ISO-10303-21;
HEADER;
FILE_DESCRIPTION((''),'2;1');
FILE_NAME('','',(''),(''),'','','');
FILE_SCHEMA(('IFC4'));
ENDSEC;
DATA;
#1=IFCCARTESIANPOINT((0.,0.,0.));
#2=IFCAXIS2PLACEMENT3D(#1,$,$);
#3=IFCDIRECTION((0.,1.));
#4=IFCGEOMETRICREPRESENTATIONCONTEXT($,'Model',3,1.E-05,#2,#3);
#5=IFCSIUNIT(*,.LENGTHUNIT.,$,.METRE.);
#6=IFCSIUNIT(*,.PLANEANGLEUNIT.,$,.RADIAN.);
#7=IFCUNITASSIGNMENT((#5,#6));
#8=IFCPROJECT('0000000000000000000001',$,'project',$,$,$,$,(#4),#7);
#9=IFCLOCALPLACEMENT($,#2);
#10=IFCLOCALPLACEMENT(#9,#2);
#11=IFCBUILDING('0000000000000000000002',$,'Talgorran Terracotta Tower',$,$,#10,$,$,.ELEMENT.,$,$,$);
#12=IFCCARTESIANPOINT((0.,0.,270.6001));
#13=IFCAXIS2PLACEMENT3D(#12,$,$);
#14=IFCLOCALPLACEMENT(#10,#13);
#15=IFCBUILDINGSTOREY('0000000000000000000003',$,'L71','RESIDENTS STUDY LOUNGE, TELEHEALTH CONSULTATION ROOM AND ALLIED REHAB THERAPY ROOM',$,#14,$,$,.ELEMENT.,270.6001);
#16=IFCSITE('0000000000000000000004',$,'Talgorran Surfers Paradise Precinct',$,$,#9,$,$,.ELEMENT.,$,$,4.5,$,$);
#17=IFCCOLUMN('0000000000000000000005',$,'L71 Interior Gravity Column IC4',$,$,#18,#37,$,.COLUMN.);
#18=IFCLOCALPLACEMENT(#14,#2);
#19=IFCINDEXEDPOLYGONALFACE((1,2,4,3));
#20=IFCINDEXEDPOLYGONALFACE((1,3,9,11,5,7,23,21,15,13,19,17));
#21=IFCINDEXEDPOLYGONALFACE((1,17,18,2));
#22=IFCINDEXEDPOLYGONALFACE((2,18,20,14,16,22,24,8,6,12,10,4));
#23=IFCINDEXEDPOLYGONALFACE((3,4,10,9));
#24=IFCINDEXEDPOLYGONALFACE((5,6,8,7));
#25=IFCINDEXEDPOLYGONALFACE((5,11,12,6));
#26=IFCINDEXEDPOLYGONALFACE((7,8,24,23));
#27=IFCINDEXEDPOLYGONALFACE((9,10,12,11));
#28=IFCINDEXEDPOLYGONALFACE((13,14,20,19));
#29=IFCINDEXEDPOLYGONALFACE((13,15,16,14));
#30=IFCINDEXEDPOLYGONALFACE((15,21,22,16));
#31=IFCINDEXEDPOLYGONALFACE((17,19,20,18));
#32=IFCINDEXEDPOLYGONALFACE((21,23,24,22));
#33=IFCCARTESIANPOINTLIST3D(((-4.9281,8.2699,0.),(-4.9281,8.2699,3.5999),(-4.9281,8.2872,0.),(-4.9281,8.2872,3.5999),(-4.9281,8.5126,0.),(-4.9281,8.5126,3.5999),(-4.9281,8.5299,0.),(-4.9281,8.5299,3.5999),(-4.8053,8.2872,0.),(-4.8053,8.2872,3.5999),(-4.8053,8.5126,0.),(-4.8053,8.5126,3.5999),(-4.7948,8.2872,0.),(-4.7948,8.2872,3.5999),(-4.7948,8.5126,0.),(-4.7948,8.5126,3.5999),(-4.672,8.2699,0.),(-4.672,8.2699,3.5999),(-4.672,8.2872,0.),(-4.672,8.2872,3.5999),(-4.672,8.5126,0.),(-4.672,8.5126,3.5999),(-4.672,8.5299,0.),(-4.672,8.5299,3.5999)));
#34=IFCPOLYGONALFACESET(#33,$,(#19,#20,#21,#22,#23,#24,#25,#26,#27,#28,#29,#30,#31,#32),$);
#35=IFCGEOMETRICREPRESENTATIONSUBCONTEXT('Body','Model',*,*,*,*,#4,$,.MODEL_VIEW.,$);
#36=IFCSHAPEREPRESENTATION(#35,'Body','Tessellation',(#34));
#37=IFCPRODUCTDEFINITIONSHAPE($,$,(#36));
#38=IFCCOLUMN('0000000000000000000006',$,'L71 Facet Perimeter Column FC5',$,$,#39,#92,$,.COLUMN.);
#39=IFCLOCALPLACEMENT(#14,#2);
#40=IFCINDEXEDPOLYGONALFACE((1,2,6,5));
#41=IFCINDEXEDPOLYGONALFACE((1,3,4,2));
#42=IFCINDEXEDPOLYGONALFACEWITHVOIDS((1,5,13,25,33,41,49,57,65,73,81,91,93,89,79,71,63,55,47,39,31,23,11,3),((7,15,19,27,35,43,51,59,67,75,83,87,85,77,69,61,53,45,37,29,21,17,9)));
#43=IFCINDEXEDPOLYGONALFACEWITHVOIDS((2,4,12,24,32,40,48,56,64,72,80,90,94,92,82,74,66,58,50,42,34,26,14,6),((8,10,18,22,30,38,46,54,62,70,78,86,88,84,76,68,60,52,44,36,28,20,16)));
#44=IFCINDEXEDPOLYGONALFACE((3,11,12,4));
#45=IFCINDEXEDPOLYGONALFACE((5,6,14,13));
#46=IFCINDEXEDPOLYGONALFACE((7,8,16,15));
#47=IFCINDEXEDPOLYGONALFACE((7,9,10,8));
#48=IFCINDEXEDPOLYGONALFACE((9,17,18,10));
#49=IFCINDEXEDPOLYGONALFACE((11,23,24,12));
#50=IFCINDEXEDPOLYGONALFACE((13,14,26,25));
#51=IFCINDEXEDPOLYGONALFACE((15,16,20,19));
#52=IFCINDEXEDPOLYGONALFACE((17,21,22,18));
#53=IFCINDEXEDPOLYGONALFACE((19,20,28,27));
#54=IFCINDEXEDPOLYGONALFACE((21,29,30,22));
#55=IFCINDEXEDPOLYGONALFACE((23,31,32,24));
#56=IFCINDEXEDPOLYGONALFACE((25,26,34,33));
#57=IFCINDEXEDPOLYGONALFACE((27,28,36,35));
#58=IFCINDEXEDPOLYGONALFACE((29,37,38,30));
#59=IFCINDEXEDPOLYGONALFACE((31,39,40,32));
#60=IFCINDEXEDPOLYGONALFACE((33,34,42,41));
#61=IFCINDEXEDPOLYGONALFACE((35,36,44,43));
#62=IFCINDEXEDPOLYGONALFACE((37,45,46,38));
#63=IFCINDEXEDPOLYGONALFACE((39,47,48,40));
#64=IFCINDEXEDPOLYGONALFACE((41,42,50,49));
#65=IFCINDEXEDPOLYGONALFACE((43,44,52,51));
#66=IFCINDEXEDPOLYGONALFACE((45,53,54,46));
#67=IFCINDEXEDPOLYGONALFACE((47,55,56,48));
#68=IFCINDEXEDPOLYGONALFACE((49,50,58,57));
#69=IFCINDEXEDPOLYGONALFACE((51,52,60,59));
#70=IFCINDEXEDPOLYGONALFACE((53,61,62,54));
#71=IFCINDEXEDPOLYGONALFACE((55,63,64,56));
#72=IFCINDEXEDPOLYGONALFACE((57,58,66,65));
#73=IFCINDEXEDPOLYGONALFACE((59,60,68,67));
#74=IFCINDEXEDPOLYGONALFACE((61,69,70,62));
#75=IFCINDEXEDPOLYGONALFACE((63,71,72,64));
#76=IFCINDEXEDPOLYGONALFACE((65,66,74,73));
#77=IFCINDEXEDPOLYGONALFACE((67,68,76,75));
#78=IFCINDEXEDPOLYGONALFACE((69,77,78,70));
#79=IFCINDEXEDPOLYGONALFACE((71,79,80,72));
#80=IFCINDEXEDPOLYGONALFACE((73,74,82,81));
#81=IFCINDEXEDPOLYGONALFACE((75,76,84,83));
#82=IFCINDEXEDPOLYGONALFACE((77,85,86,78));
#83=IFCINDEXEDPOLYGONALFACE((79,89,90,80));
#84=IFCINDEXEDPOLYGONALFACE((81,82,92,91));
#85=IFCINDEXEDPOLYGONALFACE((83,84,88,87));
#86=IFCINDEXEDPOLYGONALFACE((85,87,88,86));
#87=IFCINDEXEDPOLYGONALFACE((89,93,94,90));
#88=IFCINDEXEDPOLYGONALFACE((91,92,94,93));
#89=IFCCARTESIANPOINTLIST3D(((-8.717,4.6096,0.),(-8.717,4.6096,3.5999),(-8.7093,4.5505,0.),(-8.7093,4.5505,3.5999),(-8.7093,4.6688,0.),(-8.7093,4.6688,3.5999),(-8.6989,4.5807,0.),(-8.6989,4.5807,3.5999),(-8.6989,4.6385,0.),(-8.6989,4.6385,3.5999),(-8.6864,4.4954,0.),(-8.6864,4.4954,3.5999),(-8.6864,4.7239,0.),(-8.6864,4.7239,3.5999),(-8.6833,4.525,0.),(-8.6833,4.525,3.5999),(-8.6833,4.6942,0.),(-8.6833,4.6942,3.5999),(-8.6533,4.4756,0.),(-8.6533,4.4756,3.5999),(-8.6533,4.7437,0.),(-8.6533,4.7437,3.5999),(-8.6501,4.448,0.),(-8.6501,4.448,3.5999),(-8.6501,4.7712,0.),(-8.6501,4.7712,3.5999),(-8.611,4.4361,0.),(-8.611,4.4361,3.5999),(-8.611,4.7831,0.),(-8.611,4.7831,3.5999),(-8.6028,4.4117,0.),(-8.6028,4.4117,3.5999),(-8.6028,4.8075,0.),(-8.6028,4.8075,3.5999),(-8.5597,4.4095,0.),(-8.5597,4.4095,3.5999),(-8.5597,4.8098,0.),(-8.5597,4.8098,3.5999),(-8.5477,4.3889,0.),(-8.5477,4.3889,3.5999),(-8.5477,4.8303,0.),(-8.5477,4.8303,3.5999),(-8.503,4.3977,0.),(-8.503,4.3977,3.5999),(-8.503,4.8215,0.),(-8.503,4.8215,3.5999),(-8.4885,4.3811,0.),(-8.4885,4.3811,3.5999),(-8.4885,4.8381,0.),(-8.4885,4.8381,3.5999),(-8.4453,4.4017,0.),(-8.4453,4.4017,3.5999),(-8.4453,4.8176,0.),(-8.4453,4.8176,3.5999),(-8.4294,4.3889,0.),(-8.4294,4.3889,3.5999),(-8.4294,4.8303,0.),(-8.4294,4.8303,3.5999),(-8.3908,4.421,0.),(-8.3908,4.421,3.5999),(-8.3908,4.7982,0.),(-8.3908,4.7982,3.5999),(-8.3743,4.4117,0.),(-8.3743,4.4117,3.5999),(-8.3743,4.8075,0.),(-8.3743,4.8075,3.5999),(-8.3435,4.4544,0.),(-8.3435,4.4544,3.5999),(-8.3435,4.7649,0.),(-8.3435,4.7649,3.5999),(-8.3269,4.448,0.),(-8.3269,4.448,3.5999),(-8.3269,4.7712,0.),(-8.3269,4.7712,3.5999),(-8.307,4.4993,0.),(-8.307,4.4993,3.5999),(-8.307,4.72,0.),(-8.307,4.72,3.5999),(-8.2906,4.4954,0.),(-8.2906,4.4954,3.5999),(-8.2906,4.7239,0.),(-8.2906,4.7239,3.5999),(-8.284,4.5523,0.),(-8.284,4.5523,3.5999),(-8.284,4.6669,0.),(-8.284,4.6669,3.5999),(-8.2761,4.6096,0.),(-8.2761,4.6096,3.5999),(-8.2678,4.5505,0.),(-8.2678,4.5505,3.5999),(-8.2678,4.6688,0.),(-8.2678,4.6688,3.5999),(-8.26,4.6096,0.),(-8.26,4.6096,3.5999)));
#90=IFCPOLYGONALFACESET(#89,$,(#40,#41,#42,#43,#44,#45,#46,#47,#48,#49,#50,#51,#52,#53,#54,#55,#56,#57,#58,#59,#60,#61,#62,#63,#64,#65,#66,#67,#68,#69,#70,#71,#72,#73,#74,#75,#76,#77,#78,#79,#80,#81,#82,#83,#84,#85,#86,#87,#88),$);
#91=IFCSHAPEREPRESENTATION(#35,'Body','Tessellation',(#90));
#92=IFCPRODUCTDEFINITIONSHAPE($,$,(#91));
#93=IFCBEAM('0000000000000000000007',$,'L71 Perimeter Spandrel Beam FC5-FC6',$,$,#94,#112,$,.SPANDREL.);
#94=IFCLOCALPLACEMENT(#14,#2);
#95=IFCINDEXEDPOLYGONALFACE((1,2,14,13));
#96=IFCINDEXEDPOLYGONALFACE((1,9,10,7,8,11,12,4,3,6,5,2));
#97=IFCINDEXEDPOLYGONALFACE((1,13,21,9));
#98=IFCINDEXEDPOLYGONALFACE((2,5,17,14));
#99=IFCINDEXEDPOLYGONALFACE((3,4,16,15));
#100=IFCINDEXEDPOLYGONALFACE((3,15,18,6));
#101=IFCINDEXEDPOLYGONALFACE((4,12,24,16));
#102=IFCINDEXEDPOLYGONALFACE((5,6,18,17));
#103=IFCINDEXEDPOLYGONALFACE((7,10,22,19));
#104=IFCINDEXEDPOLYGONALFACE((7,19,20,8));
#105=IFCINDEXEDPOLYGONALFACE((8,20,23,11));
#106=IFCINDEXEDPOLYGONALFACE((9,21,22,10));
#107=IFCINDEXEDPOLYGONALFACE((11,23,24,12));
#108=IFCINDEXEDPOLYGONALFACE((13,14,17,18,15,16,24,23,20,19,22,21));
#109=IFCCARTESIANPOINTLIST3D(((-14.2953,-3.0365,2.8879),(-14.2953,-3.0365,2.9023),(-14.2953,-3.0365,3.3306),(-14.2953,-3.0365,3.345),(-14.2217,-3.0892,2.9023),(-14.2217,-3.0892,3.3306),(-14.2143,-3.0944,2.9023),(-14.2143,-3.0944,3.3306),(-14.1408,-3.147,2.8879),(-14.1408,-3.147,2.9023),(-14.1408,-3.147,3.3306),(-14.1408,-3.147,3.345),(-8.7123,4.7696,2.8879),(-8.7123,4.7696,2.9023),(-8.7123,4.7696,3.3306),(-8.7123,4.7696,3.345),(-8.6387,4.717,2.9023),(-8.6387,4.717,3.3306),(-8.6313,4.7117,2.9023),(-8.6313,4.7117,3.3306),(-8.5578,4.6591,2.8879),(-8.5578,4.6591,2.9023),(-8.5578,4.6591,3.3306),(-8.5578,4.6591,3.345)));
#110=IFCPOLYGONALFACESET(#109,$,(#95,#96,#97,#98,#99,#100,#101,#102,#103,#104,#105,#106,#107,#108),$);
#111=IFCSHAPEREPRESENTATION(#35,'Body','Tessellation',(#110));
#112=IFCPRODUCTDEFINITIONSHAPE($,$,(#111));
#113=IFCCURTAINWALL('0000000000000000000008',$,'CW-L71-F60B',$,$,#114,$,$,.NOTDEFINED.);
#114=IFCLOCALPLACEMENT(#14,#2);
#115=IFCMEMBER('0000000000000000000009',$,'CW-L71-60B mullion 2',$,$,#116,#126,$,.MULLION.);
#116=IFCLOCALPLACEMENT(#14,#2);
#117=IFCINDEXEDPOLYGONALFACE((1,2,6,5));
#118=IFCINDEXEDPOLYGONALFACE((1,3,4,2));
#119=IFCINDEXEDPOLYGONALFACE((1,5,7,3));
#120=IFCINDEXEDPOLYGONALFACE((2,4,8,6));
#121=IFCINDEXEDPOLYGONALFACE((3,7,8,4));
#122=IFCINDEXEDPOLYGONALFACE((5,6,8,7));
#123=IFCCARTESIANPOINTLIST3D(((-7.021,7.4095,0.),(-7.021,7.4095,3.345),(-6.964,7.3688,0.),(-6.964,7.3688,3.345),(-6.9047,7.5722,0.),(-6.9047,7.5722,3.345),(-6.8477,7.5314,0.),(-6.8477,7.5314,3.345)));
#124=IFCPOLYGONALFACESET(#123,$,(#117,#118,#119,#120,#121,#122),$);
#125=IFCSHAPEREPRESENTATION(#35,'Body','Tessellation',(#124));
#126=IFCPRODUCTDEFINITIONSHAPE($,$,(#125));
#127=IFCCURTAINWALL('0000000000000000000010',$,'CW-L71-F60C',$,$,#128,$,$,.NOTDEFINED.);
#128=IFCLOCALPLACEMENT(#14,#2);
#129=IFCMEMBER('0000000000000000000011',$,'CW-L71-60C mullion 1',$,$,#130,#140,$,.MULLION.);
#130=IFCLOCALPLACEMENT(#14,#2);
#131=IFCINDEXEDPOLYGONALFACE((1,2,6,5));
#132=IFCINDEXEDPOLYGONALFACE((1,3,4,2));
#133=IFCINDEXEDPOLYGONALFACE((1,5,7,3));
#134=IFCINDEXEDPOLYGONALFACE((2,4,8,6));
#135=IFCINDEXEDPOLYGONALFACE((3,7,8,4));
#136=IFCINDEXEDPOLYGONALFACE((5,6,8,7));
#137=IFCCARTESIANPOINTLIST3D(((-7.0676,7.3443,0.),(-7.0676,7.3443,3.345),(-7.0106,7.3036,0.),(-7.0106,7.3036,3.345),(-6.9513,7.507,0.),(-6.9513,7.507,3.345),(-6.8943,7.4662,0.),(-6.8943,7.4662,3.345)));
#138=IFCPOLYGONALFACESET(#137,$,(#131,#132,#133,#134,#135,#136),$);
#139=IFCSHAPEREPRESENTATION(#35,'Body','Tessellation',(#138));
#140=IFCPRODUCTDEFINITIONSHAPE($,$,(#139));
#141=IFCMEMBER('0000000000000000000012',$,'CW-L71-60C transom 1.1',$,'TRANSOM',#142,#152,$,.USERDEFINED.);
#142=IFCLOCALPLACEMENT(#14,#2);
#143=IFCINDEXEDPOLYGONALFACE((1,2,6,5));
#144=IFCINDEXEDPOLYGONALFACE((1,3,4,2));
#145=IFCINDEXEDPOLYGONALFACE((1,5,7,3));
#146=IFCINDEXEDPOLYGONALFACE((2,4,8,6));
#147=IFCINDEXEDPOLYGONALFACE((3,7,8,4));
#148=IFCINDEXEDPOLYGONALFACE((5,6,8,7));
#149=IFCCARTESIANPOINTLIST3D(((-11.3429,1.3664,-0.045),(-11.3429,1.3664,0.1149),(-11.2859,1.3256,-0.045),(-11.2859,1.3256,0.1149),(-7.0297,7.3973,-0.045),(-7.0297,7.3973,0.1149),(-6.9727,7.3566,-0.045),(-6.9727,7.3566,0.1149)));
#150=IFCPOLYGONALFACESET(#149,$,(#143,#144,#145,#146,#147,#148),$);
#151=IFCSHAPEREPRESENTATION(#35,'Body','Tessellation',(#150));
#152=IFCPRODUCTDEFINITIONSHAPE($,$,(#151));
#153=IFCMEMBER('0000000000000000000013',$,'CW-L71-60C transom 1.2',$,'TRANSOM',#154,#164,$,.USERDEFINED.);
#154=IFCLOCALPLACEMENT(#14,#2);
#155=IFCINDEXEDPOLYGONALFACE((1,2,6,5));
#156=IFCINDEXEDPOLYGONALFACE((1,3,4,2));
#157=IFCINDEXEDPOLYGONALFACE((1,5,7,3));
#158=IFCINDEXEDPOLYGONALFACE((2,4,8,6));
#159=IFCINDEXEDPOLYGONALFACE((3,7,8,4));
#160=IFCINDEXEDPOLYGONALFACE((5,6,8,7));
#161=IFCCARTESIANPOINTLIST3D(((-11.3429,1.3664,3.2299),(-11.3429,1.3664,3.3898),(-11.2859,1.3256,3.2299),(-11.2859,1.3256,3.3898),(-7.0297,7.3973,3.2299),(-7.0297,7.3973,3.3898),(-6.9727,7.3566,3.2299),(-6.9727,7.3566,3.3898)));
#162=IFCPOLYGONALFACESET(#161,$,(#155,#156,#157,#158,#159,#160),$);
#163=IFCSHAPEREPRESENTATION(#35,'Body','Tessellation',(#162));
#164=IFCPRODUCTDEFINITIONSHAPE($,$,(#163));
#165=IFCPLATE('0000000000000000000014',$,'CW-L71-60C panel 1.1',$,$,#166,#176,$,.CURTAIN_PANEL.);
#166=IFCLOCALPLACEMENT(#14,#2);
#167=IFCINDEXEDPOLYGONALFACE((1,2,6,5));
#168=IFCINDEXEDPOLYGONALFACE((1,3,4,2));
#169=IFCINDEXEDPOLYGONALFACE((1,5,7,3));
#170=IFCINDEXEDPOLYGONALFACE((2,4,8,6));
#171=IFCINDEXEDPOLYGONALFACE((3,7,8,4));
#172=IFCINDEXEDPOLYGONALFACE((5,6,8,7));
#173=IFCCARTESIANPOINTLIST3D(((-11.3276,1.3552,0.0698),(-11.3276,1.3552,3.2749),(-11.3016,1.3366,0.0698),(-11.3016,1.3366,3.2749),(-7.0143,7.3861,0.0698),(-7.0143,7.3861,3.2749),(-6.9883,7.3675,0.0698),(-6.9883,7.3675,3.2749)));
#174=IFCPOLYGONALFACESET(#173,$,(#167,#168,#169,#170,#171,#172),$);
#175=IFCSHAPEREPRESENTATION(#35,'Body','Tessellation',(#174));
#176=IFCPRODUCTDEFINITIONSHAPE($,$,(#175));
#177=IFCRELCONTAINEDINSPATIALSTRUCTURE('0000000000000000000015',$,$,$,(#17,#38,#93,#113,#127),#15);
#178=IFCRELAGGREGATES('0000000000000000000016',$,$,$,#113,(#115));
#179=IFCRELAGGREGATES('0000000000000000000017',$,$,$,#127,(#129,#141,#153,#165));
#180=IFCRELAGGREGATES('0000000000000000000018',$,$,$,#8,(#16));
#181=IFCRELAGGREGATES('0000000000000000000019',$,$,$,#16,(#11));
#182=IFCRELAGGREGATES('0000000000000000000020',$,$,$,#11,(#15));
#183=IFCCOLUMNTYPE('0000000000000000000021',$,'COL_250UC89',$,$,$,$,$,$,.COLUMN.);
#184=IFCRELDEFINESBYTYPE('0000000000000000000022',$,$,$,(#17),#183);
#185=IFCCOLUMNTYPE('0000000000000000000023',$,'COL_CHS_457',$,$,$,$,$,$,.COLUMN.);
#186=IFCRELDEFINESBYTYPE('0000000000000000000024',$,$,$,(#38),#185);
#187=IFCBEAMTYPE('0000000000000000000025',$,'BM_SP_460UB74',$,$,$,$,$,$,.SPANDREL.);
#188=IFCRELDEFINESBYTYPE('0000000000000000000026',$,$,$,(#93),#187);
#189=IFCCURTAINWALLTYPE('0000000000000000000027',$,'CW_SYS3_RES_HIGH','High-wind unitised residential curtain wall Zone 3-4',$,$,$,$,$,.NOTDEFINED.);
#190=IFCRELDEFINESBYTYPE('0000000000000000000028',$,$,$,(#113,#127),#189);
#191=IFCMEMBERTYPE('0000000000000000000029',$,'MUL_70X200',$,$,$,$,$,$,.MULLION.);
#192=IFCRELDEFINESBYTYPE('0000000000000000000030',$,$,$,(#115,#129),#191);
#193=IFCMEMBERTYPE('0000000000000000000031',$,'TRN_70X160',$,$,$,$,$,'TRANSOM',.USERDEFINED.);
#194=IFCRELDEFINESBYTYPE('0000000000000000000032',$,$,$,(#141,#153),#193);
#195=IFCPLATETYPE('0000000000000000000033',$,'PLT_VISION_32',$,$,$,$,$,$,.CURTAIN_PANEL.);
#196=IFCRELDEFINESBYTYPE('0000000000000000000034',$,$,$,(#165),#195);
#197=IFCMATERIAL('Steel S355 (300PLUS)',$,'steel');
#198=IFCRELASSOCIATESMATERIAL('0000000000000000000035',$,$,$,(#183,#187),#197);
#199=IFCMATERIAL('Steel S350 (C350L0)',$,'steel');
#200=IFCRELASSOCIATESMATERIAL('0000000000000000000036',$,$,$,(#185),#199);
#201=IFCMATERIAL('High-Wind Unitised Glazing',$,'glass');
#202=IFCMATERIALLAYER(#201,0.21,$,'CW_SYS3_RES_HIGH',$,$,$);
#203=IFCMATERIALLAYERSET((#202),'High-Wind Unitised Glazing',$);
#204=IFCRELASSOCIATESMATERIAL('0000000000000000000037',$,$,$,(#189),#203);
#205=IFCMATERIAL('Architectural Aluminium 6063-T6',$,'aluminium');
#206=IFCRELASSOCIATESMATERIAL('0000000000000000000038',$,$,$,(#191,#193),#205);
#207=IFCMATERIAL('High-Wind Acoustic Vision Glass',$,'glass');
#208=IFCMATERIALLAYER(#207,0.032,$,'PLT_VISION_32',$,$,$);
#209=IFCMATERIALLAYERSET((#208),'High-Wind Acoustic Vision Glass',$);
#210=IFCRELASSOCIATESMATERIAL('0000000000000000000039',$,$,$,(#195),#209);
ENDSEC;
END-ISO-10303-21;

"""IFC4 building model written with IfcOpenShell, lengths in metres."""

from ifc_helpers import new_model, si_unit, direction, frame, origin, origin_2d, place, context, subcontext, project, spatial, rectangle, hollow_circle, i_section, extrude, source, transform, mapped, material, layer, layer_set, material_profile, profile_set, type_object, type_shapes, element, aggregate, save


model = new_model("IFC4")

# Units and contexts
model_context = context("Model", 3, precision=1e-05, world=origin(), true_north=direction((0.0, 1.0)))
body_context = subcontext(model_context, "Body", "Model", "MODEL_VIEW")
ifc_project = project(units=[si_unit("LENGTHUNIT", "METRE"), si_unit("PLANEANGLEUNIT", "RADIAN")], contexts=[model_context])

# Site, building, storey
site_placement = place(None, origin())
site = spatial("IfcSite", under=ifc_project, at=site_placement, Name="Talgorran Surfers Paradise Precinct", CompositionType="ELEMENT", RefElevation=4.5)
building_placement = place(site_placement, origin())
building = spatial("IfcBuilding", under=site, at=building_placement, Name="Talgorran Terracotta Tower", CompositionType="ELEMENT")
storey_placement = place(building_placement, frame((0.0, 0.0, 270.6001)))
storey = spatial("IfcBuildingStorey", under=building, at=storey_placement, Name="L71", Description="RESIDENTS STUDY LOUNGE, TELEHEALTH CONSULTATION ROOM AND ALLIED REHAB THERAPY ROOM", CompositionType="ELEMENT", Elevation=270.6001)

# Columns
ifc_material_1 = material(Name="Steel S355 (300PLUS)", Category="steel")
ifc_material_profile_1 = material_profile(ifc_material_1, i_section(OverallWidth=0.2561, OverallDepth=0.26, WebThickness=0.0105, FlangeThickness=0.0173, at=origin_2d()), Name="250UC89.5")
ifc_profile_set_1 = profile_set([ifc_material_profile_1], Name="Steel S355 (300PLUS)")
column_type_1 = type_object("IfcColumnType", Name="COL_250UC89", PredefinedType="COLUMN", material=ifc_profile_set_1)
column_1_placement = place(storey_placement, frame((-4.8, 8.3999, 0.0), z_axis=(0.0, 0.0, 1.0), x_axis=(1.0, 0.0, 0.0)))
element("IfcColumn", 1, at=column_1_placement, inside=storey, type_object=column_type_1, Name="L71 Interior Gravity Column IC4", PredefinedType="COLUMN", context=body_context, shape_type="SweptSolid", body=[
    extrude(i_section(OverallWidth=0.2561, OverallDepth=0.26, WebThickness=0.0105, FlangeThickness=0.0173, at=origin_2d()), origin(), (0.0, 0.0, 1.0), 3.5999),
])
ifc_material_2 = material(Name="Steel S350 (C350L0)", Category="steel")
ifc_material_profile_2 = material_profile(ifc_material_2, hollow_circle(Radius=0.2285, WallThickness=0.0161, at=origin_2d()), Name="CHS457X16")
ifc_profile_set_2 = profile_set([ifc_material_profile_2], Name="Steel S350 (C350L0)")
column_type_2 = type_object("IfcColumnType", Name="COL_CHS_457", PredefinedType="COLUMN", material=ifc_profile_set_2)
column_2_placement = place(storey_placement, frame((-8.4885, 4.6096, 0.0), z_axis=(0.0, 0.0, 1.0), x_axis=(1.0, 0.0, 0.0)))
element("IfcColumn", 2, at=column_2_placement, inside=storey, type_object=column_type_2, Name="L71 Facet Perimeter Column FC5", PredefinedType="COLUMN", context=body_context, shape_type="SweptSolid", body=[
    extrude(hollow_circle(Radius=0.2285, WallThickness=0.0161, at=origin_2d()), origin(), (0.0, 0.0, 1.0), 3.5999),
])

# Beam
ifc_material_profile_3 = material_profile(ifc_material_1, i_section(OverallWidth=0.1899, OverallDepth=0.457, WebThickness=0.009, FlangeThickness=0.0144, at=origin_2d()), Name="460UB74.6")
ifc_profile_set_3 = profile_set([ifc_material_profile_3], Name="Steel S355 (300PLUS)")
beam_type = type_object("IfcBeamType", Name="BM_SP_460UB74", PredefinedType="SPANDREL", material=ifc_profile_set_3)
beam_placement = place(storey_placement, frame((-8.635, 4.7144, 3.1165), z_axis=(-0.581734, -0.813379, 0.0), x_axis=(0.813379, -0.581734, 0.0)))
element("IfcBeam", 3, at=beam_placement, inside=storey, type_object=beam_type, Name="L71 Perimeter Spandrel Beam FC5-FC6", PredefinedType="SPANDREL", context=body_context, shape_type="SweptSolid", body=[
    extrude(i_section(OverallWidth=0.1899, OverallDepth=0.457, WebThickness=0.009, FlangeThickness=0.0144, at=origin_2d()), origin(), (0.0, 0.0, 1.0), 9.5972),
])

# Curtain wall, member
ifc_material_3 = material(Name="High-Wind Unitised Glazing", Category="glass")
ifc_layer_1 = layer(ifc_material_3, 0.21, Name="CW_SYS3_RES_HIGH")
ifc_layer_set_1 = layer_set([ifc_layer_1], Name="High-Wind Unitised Glazing")
curtain_wall_type = type_object("IfcCurtainWallType", Name="CW_SYS3_RES_HIGH", Description="High-wind unitised residential curtain wall Zone 3-4", PredefinedType="NOTDEFINED", material=ifc_layer_set_1)
curtain_wall_1_placement = place(storey_placement, origin())
curtain_wall_1 = element("IfcCurtainWall", 4, at=curtain_wall_1_placement, inside=storey, type_object=curtain_wall_type, Name="CW-L71-F60B", PredefinedType="NOTDEFINED")
ifc_material_4 = material(Name="Architectural Aluminium 6063-T6", Category="aluminium")
ifc_material_profile_4 = material_profile(ifc_material_4, rectangle(XDim=0.0701, YDim=0.2, at=origin_2d()), Name="CWM70X200")
ifc_profile_set_4 = profile_set([ifc_material_profile_4], Name="Architectural Aluminium 6063-T6")
member_type_1 = type_object("IfcMemberType", Name="MUL_70X200", PredefinedType="MULLION", material=ifc_profile_set_4)
member_1_placement = place(storey_placement, frame((-6.9343, 7.4705, 0.0), z_axis=(0.0, 0.0, 1.0), x_axis=(0.81338, -0.581732, 0.0)))
member_1 = element("IfcMember", 5, at=member_1_placement, type_object=member_type_1, Name="CW-L71-60B mullion 2", PredefinedType="MULLION", context=body_context, shape_type="SweptSolid", body=[
    extrude(rectangle(XDim=0.0701, YDim=0.2, at=origin_2d()), origin(), (0.0, 0.0, 1.0), 3.345),
])
aggregate(curtain_wall_1, [member_1])

# Curtain wall, members, plate
curtain_wall_2_placement = place(storey_placement, origin())
curtain_wall_2 = element("IfcCurtainWall", 6, at=curtain_wall_2_placement, inside=storey, type_object=curtain_wall_type, Name="CW-L71-F60C", PredefinedType="NOTDEFINED")
member_2_placement = place(storey_placement, frame((-6.981, 7.4053, 0.0), z_axis=(0.0, 0.0, 1.0), x_axis=(0.813381, -0.581731, 0.0)))
member_2 = element("IfcMember", 7, at=member_2_placement, type_object=member_type_1, Name="CW-L71-60C mullion 1", PredefinedType="MULLION", context=body_context, shape_type="SweptSolid", body=[
    extrude(rectangle(XDim=0.0701, YDim=0.2, at=origin_2d()), origin(), (0.0, 0.0, 1.0), 3.345),
])
ifc_material_profile_5 = material_profile(ifc_material_4, rectangle(XDim=0.0701, YDim=0.1599, at=origin_2d()), Name="CWT70X160")
ifc_profile_set_5 = profile_set([ifc_material_profile_5], Name="Architectural Aluminium 6063-T6")
member_type_2 = type_object("IfcMemberType", Name="TRN_70X160", ElementType="TRANSOM", PredefinedType="USERDEFINED", material=ifc_profile_set_5)
member_3_placement = place(storey_placement, frame((-7.0012, 7.377, 0.0349), z_axis=(-0.581718, -0.813391, 0.0), x_axis=(0.813391, -0.581718, 0.0)))
member_3 = element("IfcMember", 8, at=member_3_placement, type_object=member_type_2, Name="CW-L71-60C transom 1.1", ObjectType="TRANSOM", PredefinedType="USERDEFINED", context=body_context, shape_type="SweptSolid", body=[
    extrude(rectangle(XDim=0.0701, YDim=0.1599, at=origin_2d()), origin(), (0.0, 0.0, 1.0), 7.4146),
])
member_4_placement = place(storey_placement, frame((-7.0012, 7.377, 3.3098), z_axis=(-0.581718, -0.813391, 0.0), x_axis=(0.813391, -0.581718, 0.0)))
member_4 = element("IfcMember", 9, at=member_4_placement, type_object=member_type_2, Name="CW-L71-60C transom 1.2", ObjectType="TRANSOM", PredefinedType="USERDEFINED", context=body_context, shape_type="SweptSolid", body=[
    extrude(rectangle(XDim=0.0701, YDim=0.1599, at=origin_2d()), origin(), (0.0, 0.0, 1.0), 7.4146),
])
ifc_material_5 = material(Name="High-Wind Acoustic Vision Glass", Category="glass")
ifc_layer_2 = layer(ifc_material_5, 0.032, Name="PLT_VISION_32")
ifc_layer_set_2 = layer_set([ifc_layer_2], Name="High-Wind Acoustic Vision Glass")
plate_type = type_object("IfcPlateType", Name="PLT_VISION_32", PredefinedType="CURTAIN_PANEL", material=ifc_layer_set_2)
shared_shape = source(origin(), body_context, "Body", "SweptSolid", [
    extrude(rectangle(XDim=7.4146, YDim=0.032, at=origin_2d()), origin(), (0.0, 0.0, 1.0), 3.2051),
])
type_shapes(plate_type, [shared_shape])
plate_placement = place(storey_placement, frame((-9.158, 4.3613, 0.0698), z_axis=(0.0, 0.0, 1.0), x_axis=(-0.581731, -0.813381, 0.0)))
plate = element("IfcPlate", 10, at=plate_placement, type_object=plate_type, Name="CW-L71-60C panel 1.1", PredefinedType="CURTAIN_PANEL", context=body_context, shape_type="MappedRepresentation", body=[
    mapped(shared_shape, transform((0.0, 0.0, 0.0), scale=1.0)),
])
aggregate(curtain_wall_2, [member_2, member_3, member_4, plate])

save(model, "model.ifc")
